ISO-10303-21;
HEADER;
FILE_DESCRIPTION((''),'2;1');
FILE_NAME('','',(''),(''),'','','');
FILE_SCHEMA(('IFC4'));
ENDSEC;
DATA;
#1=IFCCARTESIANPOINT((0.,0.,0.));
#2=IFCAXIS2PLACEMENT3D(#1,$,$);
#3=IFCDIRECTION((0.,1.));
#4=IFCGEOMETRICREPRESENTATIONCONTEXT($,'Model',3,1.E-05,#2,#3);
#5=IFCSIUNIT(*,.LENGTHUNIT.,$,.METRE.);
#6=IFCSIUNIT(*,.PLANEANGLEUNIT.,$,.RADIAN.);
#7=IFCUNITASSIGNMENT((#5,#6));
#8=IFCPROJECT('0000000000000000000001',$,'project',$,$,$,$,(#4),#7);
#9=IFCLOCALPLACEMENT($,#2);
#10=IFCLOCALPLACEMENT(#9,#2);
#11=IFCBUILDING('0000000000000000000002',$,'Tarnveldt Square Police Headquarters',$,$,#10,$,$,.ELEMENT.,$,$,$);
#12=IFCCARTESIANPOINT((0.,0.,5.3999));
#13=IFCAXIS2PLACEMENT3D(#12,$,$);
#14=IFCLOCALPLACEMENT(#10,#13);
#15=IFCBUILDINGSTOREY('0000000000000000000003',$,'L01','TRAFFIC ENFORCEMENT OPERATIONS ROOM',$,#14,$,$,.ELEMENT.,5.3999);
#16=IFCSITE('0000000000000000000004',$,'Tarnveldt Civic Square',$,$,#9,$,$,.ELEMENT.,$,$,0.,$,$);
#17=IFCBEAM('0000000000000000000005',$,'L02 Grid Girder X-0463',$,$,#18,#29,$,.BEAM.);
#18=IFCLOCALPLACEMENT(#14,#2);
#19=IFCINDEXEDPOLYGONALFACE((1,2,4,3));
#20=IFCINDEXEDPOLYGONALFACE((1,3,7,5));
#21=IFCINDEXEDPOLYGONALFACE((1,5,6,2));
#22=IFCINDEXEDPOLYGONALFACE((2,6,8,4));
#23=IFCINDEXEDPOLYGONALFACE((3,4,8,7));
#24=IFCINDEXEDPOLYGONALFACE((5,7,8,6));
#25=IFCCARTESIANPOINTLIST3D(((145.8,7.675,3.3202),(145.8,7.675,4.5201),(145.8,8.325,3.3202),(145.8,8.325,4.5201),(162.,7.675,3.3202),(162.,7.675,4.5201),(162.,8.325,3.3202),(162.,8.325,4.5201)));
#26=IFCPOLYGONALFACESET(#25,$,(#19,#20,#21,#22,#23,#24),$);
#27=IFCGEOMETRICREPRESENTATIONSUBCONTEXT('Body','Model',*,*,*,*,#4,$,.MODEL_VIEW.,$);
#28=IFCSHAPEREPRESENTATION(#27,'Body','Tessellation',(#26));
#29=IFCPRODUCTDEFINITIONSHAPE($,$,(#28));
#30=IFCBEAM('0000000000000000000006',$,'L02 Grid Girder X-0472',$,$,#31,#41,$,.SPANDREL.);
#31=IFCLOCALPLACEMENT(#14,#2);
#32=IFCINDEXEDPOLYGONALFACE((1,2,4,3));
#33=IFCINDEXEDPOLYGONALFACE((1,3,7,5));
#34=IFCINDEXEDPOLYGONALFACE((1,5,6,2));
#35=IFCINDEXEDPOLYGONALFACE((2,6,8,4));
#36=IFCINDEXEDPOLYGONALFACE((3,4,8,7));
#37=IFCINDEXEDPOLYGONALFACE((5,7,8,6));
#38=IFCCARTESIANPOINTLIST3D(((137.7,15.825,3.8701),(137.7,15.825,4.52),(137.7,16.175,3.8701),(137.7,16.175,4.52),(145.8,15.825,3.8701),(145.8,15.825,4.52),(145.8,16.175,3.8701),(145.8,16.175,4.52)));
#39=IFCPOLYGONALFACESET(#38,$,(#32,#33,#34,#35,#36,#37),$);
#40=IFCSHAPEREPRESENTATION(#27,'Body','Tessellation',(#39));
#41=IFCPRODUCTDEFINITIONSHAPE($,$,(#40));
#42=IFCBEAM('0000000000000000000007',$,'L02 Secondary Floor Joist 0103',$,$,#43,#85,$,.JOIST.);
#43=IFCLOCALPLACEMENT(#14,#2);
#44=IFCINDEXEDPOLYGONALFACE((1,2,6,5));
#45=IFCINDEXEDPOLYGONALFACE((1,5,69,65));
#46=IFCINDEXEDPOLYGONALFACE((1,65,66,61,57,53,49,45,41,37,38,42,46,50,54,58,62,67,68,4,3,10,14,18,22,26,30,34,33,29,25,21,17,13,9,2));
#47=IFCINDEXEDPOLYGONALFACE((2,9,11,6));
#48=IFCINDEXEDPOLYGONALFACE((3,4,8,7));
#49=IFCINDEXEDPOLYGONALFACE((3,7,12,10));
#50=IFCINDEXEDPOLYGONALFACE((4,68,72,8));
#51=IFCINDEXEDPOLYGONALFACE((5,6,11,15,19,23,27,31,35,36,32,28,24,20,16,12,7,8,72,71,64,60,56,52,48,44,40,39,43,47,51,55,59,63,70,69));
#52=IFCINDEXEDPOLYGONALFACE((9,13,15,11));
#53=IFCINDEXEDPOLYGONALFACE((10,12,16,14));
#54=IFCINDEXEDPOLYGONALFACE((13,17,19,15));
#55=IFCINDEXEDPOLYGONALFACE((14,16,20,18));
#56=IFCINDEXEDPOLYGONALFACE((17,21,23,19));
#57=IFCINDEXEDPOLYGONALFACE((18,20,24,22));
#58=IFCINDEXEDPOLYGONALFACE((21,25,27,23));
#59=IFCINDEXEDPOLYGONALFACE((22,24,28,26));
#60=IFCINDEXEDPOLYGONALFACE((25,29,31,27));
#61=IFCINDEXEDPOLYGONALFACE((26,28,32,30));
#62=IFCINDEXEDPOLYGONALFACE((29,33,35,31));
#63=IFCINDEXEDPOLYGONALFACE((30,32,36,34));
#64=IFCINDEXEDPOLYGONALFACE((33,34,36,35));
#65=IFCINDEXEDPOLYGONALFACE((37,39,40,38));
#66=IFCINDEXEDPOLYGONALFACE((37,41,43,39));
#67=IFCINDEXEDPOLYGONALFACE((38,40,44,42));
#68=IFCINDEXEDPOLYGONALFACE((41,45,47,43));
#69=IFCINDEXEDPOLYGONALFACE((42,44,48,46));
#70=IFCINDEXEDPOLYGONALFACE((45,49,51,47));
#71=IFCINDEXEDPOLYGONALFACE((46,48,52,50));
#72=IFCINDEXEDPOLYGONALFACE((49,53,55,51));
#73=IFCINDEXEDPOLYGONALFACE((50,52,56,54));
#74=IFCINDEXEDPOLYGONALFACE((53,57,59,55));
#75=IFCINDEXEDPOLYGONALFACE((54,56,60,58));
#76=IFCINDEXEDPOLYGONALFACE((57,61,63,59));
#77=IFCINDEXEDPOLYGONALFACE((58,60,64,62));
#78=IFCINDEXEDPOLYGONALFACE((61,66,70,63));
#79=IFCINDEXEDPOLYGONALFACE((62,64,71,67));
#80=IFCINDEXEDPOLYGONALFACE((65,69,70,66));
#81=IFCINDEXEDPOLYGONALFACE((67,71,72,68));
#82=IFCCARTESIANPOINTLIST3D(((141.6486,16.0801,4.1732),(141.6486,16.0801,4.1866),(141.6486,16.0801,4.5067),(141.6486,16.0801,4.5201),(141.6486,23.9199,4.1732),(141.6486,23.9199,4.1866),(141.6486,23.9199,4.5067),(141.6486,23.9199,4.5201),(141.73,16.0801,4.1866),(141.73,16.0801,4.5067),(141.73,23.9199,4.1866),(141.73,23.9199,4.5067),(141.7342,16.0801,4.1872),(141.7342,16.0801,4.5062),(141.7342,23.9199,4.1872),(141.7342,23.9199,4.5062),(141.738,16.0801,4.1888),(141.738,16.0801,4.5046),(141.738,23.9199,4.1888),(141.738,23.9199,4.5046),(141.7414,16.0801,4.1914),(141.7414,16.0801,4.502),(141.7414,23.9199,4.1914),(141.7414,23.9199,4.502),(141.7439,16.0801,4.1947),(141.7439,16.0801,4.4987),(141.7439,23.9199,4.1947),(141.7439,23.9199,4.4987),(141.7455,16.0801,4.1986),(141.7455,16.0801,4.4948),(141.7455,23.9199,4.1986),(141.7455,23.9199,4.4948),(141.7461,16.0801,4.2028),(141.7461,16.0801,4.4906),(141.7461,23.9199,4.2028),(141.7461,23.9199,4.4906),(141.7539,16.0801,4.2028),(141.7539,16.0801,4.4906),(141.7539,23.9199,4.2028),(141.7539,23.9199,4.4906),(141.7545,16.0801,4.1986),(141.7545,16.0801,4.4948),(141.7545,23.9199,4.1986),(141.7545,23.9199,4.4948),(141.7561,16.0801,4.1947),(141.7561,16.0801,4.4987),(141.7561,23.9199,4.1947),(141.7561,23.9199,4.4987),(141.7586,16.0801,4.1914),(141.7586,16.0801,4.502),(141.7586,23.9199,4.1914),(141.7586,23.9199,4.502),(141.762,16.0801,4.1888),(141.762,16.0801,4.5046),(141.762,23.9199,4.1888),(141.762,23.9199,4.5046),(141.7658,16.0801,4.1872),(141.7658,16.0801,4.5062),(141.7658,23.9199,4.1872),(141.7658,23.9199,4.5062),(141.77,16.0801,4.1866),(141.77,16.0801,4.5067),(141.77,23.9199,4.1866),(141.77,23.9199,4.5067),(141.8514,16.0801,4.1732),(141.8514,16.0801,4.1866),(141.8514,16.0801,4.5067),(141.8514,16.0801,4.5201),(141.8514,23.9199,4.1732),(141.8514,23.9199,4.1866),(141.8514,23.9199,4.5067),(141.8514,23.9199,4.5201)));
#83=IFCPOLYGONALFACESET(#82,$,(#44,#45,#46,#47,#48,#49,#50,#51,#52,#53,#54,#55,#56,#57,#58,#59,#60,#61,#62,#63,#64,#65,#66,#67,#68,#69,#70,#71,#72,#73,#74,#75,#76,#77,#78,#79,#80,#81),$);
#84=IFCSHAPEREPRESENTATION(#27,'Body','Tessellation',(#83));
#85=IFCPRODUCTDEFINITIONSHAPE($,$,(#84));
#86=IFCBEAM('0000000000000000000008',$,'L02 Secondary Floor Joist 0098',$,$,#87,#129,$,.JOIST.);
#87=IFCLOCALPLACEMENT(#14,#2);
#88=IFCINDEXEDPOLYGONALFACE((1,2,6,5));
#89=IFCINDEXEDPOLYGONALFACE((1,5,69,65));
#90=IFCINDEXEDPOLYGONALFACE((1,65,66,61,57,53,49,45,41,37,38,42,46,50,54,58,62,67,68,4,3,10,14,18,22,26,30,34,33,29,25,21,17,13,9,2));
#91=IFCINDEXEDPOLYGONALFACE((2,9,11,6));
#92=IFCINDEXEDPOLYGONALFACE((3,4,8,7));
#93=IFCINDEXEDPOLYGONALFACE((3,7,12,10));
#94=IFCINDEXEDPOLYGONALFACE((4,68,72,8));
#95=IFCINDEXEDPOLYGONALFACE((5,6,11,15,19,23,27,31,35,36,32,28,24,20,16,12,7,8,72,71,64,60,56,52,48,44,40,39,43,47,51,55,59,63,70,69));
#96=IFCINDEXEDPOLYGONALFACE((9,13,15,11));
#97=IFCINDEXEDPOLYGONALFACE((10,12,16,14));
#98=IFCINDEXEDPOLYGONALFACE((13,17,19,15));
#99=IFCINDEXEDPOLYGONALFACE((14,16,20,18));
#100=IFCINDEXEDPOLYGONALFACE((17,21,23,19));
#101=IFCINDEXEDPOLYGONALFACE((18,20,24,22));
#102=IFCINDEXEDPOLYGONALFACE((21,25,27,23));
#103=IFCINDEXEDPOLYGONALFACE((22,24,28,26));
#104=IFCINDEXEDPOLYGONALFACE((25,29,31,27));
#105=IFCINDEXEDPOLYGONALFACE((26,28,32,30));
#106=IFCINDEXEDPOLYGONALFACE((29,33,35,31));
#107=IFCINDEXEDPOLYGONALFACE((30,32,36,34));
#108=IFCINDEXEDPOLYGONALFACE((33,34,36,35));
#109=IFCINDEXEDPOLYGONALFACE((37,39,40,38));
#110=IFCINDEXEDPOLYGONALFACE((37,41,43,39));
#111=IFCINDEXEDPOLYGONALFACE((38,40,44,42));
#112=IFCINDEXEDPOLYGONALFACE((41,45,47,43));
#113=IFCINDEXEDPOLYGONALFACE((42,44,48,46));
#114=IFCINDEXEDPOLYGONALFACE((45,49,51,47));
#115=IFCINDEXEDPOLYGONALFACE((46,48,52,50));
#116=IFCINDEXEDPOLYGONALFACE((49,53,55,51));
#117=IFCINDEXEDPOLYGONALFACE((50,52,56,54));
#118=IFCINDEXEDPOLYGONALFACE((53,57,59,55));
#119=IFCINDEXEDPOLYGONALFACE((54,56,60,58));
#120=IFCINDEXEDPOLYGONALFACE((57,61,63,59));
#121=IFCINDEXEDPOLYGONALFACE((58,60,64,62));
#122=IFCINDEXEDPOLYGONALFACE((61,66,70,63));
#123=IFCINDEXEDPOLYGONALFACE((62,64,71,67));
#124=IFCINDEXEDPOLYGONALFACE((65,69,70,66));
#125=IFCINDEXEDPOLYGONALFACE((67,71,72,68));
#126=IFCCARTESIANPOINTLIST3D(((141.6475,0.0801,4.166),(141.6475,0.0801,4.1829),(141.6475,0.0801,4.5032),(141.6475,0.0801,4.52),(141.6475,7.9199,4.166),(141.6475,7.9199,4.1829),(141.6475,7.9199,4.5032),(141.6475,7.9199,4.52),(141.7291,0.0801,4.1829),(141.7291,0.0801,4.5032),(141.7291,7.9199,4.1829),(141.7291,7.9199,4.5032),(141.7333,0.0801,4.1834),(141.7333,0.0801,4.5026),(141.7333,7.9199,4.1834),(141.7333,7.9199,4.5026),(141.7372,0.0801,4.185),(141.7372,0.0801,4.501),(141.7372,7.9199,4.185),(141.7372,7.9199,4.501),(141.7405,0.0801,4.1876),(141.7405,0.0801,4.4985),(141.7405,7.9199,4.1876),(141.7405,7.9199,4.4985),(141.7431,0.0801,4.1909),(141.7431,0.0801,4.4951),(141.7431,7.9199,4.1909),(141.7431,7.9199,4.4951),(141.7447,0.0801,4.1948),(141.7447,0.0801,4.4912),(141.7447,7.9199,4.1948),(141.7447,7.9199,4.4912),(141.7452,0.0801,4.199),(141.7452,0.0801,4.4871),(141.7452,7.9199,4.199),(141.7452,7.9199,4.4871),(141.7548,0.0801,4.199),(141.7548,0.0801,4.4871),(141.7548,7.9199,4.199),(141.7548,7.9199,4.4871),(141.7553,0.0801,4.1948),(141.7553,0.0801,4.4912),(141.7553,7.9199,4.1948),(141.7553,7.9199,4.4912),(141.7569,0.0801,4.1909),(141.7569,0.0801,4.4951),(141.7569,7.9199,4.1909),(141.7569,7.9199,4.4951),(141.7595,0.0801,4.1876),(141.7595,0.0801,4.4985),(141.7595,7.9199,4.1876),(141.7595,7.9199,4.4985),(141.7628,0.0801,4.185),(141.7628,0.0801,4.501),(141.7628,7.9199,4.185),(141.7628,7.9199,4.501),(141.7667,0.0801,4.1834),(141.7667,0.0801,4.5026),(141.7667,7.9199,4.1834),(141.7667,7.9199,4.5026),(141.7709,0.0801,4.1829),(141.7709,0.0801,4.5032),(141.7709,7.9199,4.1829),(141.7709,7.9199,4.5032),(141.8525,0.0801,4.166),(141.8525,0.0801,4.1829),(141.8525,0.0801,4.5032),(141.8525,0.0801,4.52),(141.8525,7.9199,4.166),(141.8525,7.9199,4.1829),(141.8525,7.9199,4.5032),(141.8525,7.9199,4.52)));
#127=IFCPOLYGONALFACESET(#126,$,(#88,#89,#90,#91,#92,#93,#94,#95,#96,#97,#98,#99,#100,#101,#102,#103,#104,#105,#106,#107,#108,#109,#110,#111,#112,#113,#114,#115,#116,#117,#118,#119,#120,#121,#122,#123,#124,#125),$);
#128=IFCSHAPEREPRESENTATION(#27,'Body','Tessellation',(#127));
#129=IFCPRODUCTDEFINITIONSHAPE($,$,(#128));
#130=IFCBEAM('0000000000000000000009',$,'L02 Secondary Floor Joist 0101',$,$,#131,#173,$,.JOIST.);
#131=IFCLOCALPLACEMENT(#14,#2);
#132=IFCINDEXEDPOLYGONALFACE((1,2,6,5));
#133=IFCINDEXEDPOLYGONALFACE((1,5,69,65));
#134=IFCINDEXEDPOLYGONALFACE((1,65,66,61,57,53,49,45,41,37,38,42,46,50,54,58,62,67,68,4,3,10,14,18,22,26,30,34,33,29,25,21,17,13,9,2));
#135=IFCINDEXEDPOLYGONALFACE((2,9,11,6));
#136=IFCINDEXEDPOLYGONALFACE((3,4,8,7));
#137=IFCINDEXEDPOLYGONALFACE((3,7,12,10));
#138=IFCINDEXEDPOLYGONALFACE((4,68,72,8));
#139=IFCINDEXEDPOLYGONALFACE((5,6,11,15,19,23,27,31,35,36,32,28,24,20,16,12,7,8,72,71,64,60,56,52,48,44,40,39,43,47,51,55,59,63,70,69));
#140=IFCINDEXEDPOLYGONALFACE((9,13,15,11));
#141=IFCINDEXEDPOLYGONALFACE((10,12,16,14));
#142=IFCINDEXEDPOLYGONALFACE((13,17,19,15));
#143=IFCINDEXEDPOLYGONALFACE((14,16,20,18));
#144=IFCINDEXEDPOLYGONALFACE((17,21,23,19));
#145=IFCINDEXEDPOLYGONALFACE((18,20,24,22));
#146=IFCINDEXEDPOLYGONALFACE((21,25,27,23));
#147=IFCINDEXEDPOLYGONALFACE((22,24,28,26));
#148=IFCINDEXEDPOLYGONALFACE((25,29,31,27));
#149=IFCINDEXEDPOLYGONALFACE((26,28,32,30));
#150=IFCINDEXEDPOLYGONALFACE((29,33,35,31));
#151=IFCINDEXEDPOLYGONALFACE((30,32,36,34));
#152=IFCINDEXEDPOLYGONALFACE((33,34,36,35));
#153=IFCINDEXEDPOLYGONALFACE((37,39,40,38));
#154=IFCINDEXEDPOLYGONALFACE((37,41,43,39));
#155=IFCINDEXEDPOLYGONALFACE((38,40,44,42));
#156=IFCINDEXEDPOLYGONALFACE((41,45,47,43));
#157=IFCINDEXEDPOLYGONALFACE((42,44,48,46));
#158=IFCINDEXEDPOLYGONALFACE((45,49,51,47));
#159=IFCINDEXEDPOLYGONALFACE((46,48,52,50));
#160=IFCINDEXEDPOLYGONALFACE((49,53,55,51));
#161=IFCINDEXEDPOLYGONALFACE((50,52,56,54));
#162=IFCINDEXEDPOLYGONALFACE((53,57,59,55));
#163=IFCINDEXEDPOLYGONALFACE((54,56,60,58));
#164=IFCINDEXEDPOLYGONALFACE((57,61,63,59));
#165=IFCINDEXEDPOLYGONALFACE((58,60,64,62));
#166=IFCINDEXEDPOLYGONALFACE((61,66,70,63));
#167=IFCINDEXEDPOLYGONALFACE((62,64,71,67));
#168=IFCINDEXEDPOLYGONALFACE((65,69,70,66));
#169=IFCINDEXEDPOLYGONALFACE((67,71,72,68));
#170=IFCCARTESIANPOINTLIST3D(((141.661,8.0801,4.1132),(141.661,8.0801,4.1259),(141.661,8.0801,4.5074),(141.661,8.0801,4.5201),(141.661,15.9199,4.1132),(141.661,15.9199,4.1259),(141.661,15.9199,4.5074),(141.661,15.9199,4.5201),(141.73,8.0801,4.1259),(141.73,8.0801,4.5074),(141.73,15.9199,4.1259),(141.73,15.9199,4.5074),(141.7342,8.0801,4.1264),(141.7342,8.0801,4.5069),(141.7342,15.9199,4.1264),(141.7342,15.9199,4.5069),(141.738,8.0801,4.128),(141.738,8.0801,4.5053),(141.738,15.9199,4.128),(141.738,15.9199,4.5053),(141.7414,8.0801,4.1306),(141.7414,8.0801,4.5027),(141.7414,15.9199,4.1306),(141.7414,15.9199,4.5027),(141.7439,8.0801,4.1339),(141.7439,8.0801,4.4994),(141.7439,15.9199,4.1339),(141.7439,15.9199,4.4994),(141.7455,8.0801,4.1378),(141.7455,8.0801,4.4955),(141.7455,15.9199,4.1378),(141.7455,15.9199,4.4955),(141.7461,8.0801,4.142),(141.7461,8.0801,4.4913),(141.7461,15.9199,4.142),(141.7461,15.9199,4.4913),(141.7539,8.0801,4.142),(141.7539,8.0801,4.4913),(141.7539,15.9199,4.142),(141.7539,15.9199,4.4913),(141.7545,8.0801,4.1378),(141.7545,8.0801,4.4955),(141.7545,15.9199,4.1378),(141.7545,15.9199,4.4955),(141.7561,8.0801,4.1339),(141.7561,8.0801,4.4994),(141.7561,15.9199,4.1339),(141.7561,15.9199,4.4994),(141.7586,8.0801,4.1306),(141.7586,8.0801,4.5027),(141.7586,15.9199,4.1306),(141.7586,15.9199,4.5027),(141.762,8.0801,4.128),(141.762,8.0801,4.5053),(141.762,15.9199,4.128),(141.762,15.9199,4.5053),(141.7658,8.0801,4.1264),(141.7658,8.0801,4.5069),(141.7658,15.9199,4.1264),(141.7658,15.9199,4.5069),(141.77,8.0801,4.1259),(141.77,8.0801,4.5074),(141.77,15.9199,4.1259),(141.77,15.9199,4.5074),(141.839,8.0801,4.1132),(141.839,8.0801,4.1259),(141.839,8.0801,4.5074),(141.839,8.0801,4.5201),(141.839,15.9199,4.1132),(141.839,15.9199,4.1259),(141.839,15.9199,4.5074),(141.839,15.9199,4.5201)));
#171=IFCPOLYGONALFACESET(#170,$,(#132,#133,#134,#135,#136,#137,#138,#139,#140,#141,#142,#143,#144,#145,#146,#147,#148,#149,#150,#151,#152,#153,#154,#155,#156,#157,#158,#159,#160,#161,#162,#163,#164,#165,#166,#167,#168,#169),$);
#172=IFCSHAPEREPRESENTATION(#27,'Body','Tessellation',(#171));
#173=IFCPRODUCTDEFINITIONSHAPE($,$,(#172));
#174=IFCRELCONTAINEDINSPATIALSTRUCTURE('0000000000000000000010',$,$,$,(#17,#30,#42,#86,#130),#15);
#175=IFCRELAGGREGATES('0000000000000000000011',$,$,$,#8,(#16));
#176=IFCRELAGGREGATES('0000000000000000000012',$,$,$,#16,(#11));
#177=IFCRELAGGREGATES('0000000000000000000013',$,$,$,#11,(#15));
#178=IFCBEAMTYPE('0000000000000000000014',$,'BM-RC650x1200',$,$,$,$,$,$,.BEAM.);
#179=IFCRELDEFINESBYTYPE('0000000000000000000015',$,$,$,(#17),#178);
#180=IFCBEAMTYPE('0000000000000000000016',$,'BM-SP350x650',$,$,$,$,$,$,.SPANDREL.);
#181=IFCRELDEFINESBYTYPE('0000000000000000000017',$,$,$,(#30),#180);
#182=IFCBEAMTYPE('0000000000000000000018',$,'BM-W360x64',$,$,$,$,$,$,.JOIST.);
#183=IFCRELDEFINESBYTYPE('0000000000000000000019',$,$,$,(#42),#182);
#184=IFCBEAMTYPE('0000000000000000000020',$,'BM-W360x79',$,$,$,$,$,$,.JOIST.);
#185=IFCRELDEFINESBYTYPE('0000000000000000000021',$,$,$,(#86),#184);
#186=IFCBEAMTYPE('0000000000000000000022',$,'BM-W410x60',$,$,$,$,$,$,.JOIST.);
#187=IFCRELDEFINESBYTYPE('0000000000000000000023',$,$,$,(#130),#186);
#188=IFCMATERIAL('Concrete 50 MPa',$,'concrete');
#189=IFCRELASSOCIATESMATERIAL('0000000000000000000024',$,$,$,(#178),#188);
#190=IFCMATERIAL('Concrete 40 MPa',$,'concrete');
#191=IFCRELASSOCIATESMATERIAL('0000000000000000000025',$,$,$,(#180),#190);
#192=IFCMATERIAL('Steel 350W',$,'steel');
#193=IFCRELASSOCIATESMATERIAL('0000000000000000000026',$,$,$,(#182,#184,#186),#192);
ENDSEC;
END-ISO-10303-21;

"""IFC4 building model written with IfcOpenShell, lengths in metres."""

from ifc_helpers import new_model, si_unit, direction, frame, origin, origin_2d, place, context, subcontext, project, spatial, rectangle, i_section, extrude, material, material_profile, profile_set, type_object, element, save


model = new_model("IFC4")

# Units and contexts
model_context = context("Model", 3, precision=1e-05, world=origin(), true_north=direction((0.0, 1.0)))
body_context = subcontext(model_context, "Body", "Model", "MODEL_VIEW")
ifc_project = project(units=[si_unit("LENGTHUNIT", "METRE"), si_unit("PLANEANGLEUNIT", "RADIAN")], contexts=[model_context])

# Site, building, storey
site_placement = place(None, origin())
site = spatial("IfcSite", under=ifc_project, at=site_placement, Name="Tarnveldt Civic Square", CompositionType="ELEMENT", RefElevation=0.0)
building_placement = place(site_placement, origin())
building = spatial("IfcBuilding", under=site, at=building_placement, Name="Tarnveldt Square Police Headquarters", CompositionType="ELEMENT")
storey_placement = place(building_placement, frame((0.0, 0.0, 5.3999)))
storey = spatial("IfcBuildingStorey", under=building, at=storey_placement, Name="L01", Description="TRAFFIC ENFORCEMENT OPERATIONS ROOM", CompositionType="ELEMENT", Elevation=5.3999)

# Shared definitions
ifc_material_1 = material(Name="Steel 350W", Category="steel")

# Beams
ifc_material_2 = material(Name="Concrete 40 MPa", Category="concrete")
ifc_material_3 = material(Name="Concrete 50 MPa", Category="concrete")
ifc_material_profile_1 = material_profile(ifc_material_3, rectangle(XDim=0.6499, YDim=1.2, at=origin_2d()), Name="RC-B650x1200")
ifc_profile_set_1 = profile_set([ifc_material_profile_1], Name="Concrete 50 MPa")
beam_type_1 = type_object("IfcBeamType", Name="BM-RC650x1200", PredefinedType="BEAM", material=ifc_profile_set_1)
beam_1_placement = place(storey_placement, frame((145.8, 8.0, 3.9202), z_axis=(1.0, 0.0, 0.0), x_axis=(0.0, 1.0, 0.0)))
element("IfcBeam", 1, at=beam_1_placement, inside=storey, type_object=beam_type_1, Name="L02 Grid Girder X-0463", PredefinedType="BEAM", context=body_context, shape_type="SweptSolid", body=[
    extrude(rectangle(XDim=0.6499, YDim=1.2, at=origin_2d()), origin(), (0.0, 0.0, 1.0), 16.2),
])
ifc_material_profile_2 = material_profile(ifc_material_2, rectangle(XDim=0.3501, YDim=0.6499, at=origin_2d()), Name="RC-SP350x650")
ifc_profile_set_2 = profile_set([ifc_material_profile_2], Name="Concrete 40 MPa")
beam_type_2 = type_object("IfcBeamType", Name="BM-SP350x650", PredefinedType="SPANDREL", material=ifc_profile_set_2)
beam_2_placement = place(storey_placement, frame((137.7, 16.0, 4.1951), z_axis=(1.0, 0.0, 0.0), x_axis=(0.0, 1.0, 0.0)))
element("IfcBeam", 2, at=beam_2_placement, inside=storey, type_object=beam_type_2, Name="L02 Grid Girder X-0472", PredefinedType="SPANDREL", context=body_context, shape_type="SweptSolid", body=[
    extrude(rectangle(XDim=0.3501, YDim=0.6499, at=origin_2d()), origin(), (0.0, 0.0, 1.0), 8.1001),
])
ifc_material_profile_3 = material_profile(ifc_material_1, i_section(OverallWidth=0.2029, OverallDepth=0.3469, WebThickness=0.0078, FlangeThickness=0.0134, FilletRadius=0.0161, at=origin_2d()), Name="W360x64")
ifc_profile_set_3 = profile_set([ifc_material_profile_3], Name="Steel 350W")
beam_type_3 = type_object("IfcBeamType", Name="BM-W360x64", PredefinedType="JOIST", material=ifc_profile_set_3)
beam_3_placement = place(storey_placement, frame((141.75, 16.0801, 4.3467), z_axis=(0.0, 1.0, 0.0), x_axis=(-1.0, 0.0, 0.0)))
element("IfcBeam", 3, at=beam_3_placement, inside=storey, type_object=beam_type_3, Name="L02 Secondary Floor Joist 0103", PredefinedType="JOIST", context=body_context, shape_type="SweptSolid", body=[
    extrude(i_section(OverallWidth=0.2029, OverallDepth=0.3469, WebThickness=0.0078, FlangeThickness=0.0134, FilletRadius=0.0161, at=origin_2d()), origin(), (0.0, 0.0, 1.0), 7.8398),
])
ifc_material_profile_4 = material_profile(ifc_material_1, i_section(OverallWidth=0.2051, OverallDepth=0.354, WebThickness=0.0095, FlangeThickness=0.0168, FilletRadius=0.0161, at=origin_2d()), Name="W360x79")
ifc_profile_set_4 = profile_set([ifc_material_profile_4], Name="Steel 350W")
beam_type_4 = type_object("IfcBeamType", Name="BM-W360x79", PredefinedType="JOIST", material=ifc_profile_set_4)
beam_4_placement = place(storey_placement, frame((141.75, 0.0801, 4.343), z_axis=(0.0, 1.0, 0.0), x_axis=(-1.0, 0.0, 0.0)))
element("IfcBeam", 4, at=beam_4_placement, inside=storey, type_object=beam_type_4, Name="L02 Secondary Floor Joist 0098", PredefinedType="JOIST", context=body_context, shape_type="SweptSolid", body=[
    extrude(i_section(OverallWidth=0.2051, OverallDepth=0.354, WebThickness=0.0095, FlangeThickness=0.0168, FilletRadius=0.0161, at=origin_2d()), origin(), (0.0, 0.0, 1.0), 7.8398),
])
ifc_material_profile_5 = material_profile(ifc_material_1, i_section(OverallWidth=0.178, OverallDepth=0.407, WebThickness=0.0078, FlangeThickness=0.0127, FilletRadius=0.0161, at=origin_2d()), Name="W410x60")
ifc_profile_set_5 = profile_set([ifc_material_profile_5], Name="Steel 350W")
beam_type_5 = type_object("IfcBeamType", Name="BM-W410x60", PredefinedType="JOIST", material=ifc_profile_set_5)
beam_5_placement = place(storey_placement, frame((141.75, 8.0801, 4.3167), z_axis=(0.0, 1.0, 0.0), x_axis=(-1.0, 0.0, 0.0)))
element("IfcBeam", 5, at=beam_5_placement, inside=storey, type_object=beam_type_5, Name="L02 Secondary Floor Joist 0101", PredefinedType="JOIST", context=body_context, shape_type="SweptSolid", body=[
    extrude(i_section(OverallWidth=0.178, OverallDepth=0.407, WebThickness=0.0078, FlangeThickness=0.0127, FilletRadius=0.0161, at=origin_2d()), origin(), (0.0, 0.0, 1.0), 7.8398),
])

save(model, "model.ifc")
